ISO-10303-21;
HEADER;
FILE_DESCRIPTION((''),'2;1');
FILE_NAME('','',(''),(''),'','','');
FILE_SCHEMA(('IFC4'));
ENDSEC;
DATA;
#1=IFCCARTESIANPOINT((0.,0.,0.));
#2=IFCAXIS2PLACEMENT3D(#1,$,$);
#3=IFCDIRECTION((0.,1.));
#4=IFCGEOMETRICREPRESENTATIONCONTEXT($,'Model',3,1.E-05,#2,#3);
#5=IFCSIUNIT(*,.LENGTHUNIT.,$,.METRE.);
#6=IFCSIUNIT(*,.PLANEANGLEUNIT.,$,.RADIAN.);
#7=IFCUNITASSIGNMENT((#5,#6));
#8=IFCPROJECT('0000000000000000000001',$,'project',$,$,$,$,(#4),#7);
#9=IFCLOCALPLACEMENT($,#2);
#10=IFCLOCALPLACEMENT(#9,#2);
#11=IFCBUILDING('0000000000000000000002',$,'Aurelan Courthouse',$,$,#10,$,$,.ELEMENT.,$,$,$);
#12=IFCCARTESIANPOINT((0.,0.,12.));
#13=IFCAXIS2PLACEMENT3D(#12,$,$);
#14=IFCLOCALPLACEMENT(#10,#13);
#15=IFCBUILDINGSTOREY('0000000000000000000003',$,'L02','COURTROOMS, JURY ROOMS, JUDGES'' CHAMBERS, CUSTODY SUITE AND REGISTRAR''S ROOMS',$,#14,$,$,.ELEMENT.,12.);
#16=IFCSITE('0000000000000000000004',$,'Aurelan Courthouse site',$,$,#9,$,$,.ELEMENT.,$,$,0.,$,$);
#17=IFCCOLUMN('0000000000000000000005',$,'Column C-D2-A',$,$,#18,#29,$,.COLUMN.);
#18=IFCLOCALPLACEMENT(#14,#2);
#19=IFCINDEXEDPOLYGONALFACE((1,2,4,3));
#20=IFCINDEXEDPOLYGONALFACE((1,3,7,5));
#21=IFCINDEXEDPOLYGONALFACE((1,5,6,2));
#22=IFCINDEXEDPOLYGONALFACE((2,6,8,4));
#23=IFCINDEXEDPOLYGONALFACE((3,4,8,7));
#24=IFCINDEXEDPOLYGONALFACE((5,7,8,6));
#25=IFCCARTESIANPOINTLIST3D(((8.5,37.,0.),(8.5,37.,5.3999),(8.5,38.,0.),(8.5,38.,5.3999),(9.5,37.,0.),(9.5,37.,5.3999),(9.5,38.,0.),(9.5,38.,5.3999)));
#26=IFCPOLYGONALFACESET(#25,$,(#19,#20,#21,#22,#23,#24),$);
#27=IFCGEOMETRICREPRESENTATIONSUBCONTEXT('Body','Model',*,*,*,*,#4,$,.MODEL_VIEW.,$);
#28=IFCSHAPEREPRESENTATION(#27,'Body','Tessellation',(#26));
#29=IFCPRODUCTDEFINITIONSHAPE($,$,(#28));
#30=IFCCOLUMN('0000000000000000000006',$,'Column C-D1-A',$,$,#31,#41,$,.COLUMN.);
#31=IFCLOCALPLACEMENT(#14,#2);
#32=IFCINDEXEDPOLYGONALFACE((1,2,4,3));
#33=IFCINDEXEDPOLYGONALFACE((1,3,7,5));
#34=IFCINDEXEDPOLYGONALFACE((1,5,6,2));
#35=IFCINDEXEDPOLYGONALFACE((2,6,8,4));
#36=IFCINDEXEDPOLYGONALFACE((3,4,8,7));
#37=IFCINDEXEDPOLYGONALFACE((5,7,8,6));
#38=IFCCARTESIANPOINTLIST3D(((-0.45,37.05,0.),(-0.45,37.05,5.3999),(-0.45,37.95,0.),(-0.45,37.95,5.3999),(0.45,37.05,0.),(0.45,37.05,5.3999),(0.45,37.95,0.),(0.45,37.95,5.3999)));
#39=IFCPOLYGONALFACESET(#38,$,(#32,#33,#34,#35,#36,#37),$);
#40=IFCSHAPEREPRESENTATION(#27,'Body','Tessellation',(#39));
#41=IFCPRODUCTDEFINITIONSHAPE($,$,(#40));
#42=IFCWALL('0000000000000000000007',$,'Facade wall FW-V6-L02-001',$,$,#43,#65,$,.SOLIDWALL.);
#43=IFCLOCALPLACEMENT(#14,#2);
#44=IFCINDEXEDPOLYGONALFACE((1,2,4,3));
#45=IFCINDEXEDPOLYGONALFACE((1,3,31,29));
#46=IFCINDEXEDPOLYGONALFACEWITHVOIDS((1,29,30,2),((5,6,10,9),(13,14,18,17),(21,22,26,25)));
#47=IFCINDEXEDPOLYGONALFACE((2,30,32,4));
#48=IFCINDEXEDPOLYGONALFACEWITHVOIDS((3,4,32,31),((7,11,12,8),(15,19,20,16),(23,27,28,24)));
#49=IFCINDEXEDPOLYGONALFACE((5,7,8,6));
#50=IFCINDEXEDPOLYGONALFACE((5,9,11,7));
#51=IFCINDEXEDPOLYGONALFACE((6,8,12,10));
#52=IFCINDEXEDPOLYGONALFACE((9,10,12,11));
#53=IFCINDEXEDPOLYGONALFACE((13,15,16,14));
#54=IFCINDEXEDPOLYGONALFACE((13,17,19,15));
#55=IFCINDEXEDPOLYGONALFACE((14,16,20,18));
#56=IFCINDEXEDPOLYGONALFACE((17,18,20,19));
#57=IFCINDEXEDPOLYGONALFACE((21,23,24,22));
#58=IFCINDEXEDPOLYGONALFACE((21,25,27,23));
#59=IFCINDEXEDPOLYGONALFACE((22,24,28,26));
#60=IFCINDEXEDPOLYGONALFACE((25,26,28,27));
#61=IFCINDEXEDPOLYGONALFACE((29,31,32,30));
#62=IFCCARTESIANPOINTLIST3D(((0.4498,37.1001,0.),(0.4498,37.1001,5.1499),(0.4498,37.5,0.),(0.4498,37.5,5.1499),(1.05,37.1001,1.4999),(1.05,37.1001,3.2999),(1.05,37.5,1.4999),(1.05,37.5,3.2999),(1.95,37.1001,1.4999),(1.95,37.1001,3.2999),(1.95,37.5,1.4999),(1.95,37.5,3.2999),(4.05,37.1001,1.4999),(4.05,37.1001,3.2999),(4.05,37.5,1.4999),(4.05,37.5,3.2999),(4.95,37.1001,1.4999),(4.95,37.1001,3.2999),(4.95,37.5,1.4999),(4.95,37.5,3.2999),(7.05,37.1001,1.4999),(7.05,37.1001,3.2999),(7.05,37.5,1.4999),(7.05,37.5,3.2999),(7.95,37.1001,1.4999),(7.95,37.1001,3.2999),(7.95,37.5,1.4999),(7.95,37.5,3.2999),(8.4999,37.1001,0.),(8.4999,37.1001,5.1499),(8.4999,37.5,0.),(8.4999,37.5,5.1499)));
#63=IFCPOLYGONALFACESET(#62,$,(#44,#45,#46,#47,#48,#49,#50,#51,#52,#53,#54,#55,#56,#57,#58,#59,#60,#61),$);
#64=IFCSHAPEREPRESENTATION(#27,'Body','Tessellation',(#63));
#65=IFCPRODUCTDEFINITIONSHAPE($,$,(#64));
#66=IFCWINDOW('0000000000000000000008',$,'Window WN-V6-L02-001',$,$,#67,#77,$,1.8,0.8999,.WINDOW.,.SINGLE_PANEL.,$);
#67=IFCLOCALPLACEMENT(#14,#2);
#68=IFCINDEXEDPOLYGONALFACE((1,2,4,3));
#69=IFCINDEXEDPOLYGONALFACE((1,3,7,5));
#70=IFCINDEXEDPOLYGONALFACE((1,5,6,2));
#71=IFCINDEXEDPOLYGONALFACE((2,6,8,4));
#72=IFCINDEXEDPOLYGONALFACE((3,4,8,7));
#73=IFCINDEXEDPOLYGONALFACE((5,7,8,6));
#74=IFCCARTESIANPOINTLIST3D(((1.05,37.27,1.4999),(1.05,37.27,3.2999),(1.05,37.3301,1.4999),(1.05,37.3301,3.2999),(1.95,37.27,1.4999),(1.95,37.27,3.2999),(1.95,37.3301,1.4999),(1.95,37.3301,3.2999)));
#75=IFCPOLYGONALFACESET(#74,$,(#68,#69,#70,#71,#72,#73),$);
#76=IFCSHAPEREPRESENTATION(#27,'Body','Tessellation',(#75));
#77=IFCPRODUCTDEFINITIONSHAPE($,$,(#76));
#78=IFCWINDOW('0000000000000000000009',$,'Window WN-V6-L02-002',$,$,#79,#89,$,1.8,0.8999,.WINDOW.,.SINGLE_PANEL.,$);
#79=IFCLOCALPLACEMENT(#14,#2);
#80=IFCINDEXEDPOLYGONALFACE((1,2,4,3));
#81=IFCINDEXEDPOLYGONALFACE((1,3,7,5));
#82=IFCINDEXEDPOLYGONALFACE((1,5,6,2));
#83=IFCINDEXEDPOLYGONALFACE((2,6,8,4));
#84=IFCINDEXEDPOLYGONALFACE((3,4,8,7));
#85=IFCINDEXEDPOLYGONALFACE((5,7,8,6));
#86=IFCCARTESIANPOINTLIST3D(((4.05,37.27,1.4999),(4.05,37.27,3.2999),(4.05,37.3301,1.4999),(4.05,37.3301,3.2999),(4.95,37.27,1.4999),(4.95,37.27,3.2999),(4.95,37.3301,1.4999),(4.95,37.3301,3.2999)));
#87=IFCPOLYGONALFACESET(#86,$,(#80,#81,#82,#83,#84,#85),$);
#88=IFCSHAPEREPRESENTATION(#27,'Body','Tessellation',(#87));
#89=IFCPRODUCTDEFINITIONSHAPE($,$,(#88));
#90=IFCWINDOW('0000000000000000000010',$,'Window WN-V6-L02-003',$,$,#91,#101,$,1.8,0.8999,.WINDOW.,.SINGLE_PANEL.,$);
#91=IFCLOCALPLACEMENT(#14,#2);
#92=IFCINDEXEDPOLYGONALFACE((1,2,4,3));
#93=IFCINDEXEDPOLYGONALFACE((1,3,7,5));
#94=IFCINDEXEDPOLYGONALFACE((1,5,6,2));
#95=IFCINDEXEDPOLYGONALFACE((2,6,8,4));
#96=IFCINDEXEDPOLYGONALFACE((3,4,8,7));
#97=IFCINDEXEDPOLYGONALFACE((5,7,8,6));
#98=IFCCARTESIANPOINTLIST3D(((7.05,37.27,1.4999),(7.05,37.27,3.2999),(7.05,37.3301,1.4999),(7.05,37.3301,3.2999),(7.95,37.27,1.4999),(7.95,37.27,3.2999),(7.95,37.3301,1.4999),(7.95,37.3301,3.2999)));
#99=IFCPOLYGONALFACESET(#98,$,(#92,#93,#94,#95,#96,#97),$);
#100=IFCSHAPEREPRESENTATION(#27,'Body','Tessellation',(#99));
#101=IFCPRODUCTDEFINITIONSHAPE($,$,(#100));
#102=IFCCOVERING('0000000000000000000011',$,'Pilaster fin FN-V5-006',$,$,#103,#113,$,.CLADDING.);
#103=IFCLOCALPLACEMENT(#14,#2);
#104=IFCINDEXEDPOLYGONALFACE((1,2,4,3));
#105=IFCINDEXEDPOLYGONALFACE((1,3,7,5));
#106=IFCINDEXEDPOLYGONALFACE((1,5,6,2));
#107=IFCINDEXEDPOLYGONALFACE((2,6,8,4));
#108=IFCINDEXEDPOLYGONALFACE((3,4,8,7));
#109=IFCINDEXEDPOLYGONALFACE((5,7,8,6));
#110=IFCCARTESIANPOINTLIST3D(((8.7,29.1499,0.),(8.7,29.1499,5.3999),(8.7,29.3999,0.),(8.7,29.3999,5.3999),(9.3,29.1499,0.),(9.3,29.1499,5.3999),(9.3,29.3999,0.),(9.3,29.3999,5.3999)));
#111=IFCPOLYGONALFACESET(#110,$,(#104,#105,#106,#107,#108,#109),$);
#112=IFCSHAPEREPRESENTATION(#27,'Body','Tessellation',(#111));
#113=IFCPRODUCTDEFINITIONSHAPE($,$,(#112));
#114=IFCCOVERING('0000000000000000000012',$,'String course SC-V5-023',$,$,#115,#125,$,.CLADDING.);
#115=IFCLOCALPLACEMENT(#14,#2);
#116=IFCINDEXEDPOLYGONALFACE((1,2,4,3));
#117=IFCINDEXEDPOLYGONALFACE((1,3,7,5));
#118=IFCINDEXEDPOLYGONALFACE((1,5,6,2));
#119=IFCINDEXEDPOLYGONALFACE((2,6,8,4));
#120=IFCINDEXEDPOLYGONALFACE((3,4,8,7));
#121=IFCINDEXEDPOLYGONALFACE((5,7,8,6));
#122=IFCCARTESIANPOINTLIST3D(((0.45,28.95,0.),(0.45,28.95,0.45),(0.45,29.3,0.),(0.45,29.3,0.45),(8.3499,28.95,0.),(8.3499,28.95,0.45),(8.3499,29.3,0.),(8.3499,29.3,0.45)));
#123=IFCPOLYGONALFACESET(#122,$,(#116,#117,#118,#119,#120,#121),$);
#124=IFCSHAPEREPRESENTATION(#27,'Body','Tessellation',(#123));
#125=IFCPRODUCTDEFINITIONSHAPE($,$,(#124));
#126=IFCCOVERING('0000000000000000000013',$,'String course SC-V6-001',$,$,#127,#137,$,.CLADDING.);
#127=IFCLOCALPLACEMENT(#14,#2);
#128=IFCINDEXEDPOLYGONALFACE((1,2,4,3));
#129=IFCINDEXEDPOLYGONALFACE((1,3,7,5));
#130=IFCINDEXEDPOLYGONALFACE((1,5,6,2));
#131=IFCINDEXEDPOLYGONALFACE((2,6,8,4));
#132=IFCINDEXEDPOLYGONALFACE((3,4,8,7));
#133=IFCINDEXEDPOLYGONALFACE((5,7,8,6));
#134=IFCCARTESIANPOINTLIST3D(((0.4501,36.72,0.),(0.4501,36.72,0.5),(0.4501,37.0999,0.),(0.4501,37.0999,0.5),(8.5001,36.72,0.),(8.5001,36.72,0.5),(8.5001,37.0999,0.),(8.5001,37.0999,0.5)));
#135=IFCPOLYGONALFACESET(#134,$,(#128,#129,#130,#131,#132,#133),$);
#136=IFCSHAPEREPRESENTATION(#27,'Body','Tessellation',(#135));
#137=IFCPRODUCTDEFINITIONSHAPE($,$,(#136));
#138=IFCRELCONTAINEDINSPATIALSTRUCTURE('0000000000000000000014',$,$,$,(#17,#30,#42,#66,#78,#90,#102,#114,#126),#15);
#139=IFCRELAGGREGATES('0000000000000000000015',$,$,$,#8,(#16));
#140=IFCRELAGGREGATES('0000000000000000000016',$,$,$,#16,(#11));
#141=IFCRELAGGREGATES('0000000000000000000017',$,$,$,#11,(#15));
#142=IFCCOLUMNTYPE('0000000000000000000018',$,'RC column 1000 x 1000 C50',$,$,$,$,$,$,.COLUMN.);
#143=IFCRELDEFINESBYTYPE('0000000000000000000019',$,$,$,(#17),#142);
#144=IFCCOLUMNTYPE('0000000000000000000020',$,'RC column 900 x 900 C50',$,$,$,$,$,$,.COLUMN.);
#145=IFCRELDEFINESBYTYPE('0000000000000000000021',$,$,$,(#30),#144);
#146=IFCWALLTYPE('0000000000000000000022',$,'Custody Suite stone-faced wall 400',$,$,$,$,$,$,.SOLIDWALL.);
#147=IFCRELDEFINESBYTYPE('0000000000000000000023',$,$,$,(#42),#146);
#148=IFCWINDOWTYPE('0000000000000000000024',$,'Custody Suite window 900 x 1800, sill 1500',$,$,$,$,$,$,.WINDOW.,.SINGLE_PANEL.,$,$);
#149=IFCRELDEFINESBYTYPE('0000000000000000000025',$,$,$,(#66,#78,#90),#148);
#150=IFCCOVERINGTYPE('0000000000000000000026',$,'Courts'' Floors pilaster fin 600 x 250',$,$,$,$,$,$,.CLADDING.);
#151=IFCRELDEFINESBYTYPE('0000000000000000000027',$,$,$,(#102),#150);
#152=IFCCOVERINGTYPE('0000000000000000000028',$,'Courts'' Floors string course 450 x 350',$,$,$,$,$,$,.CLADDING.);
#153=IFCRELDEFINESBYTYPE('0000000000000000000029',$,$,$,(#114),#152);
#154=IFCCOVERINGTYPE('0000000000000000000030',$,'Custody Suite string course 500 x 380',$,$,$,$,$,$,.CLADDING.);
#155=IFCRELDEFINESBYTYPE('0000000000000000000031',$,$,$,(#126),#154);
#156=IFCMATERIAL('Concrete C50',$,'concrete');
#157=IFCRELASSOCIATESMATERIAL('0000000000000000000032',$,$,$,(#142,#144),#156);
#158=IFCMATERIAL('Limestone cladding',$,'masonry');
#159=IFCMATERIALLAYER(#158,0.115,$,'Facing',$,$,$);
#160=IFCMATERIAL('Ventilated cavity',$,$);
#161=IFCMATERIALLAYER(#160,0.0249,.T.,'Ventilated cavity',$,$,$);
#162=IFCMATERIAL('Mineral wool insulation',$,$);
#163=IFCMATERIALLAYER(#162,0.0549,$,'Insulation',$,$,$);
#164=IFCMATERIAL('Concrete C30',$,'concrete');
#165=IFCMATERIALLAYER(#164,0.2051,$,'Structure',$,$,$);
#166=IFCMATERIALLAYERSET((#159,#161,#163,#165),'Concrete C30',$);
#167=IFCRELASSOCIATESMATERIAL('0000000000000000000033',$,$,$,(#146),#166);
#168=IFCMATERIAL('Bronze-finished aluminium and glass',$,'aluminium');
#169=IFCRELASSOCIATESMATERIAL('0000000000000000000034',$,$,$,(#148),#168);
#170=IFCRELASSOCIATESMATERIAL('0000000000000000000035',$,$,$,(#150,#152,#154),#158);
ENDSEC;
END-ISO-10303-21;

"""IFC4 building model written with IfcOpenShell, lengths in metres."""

from ifc_helpers import new_model, si_unit, direction, frame, frame_2d, origin, origin_2d, place, context, subcontext, project, spatial, rectangle, extrude, material, layer, layer_set, material_profile, profile_set, type_object, element, fill, save


model = new_model("IFC4")

# Units and contexts
model_context = context("Model", 3, precision=1e-05, world=origin(), true_north=direction((0.0, 1.0)))
body_context = subcontext(model_context, "Body", "Model", "MODEL_VIEW")
ifc_project = project(units=[si_unit("LENGTHUNIT", "METRE"), si_unit("PLANEANGLEUNIT", "RADIAN")], contexts=[model_context])

# Site, building, storey
site_placement = place(None, origin())
site = spatial("IfcSite", under=ifc_project, at=site_placement, Name="Aurelan Courthouse site", CompositionType="ELEMENT", RefElevation=0.0)
building_placement = place(site_placement, origin())
building = spatial("IfcBuilding", under=site, at=building_placement, Name="Aurelan Courthouse", CompositionType="ELEMENT")
storey_placement = place(building_placement, frame((0.0, 0.0, 12.0)))
storey = spatial("IfcBuildingStorey", under=building, at=storey_placement, Name="L02", Description="COURTROOMS, JURY ROOMS, JUDGES' CHAMBERS, CUSTODY SUITE AND REGISTRAR'S ROOMS", CompositionType="ELEMENT", Elevation=12.0)

# Columns
ifc_material_1 = material(Name="Concrete C50", Category="concrete")
ifc_material_profile_1 = material_profile(ifc_material_1, rectangle(XDim=1.0, YDim=1.0, at=origin_2d()), Name="RC 1000 x 1000")
ifc_profile_set_1 = profile_set([ifc_material_profile_1], Name="Concrete C50")
column_type_1 = type_object("IfcColumnType", Name="RC column 1000 x 1000 C50", PredefinedType="COLUMN", material=ifc_profile_set_1)
column_1_placement = place(storey_placement, frame((9.0, 37.5, 0.0), z_axis=(0.0, 0.0, 1.0), x_axis=(1.0, 0.0, 0.0)))
element("IfcColumn", 1, at=column_1_placement, inside=storey, type_object=column_type_1, Name="Column C-D2-A", PredefinedType="COLUMN", context=body_context, shape_type="SweptSolid", body=[
    extrude(rectangle(XDim=1.0, YDim=1.0, at=origin_2d()), origin(), (0.0, 0.0, 1.0), 5.3999),
])
ifc_material_profile_2 = material_profile(ifc_material_1, rectangle(XDim=0.8999, YDim=0.8999, at=origin_2d()), Name="RC 900 x 900")
ifc_profile_set_2 = profile_set([ifc_material_profile_2], Name="Concrete C50")
column_type_2 = type_object("IfcColumnType", Name="RC column 900 x 900 C50", PredefinedType="COLUMN", material=ifc_profile_set_2)
column_2_placement = place(storey_placement, frame((0.0, 37.5, 0.0), z_axis=(0.0, 0.0, 1.0), x_axis=(1.0, 0.0, 0.0)))
element("IfcColumn", 2, at=column_2_placement, inside=storey, type_object=column_type_2, Name="Column C-D1-A", PredefinedType="COLUMN", context=body_context, shape_type="SweptSolid", body=[
    extrude(rectangle(XDim=0.8999, YDim=0.8999, at=origin_2d()), origin(), (0.0, 0.0, 1.0), 5.3999),
])

# Wall, openings, windows
ifc_material_2 = material(Name="Limestone cladding", Category="masonry")
ifc_layer_1 = layer(ifc_material_2, 0.115, Name="Facing")
ifc_material_3 = material(Name="Ventilated cavity")
ifc_layer_2 = layer(ifc_material_3, 0.0249, ventilated=True, Name="Ventilated cavity")
ifc_material_4 = material(Name="Mineral wool insulation")
ifc_layer_3 = layer(ifc_material_4, 0.0549, Name="Insulation")
ifc_material_5 = material(Name="Concrete C30", Category="concrete")
ifc_layer_4 = layer(ifc_material_5, 0.2051, Name="Structure")
ifc_layer_set_1 = layer_set([ifc_layer_1, ifc_layer_2, ifc_layer_3, ifc_layer_4], Name="Concrete C30")
wall_type = type_object("IfcWallType", Name="Custody Suite stone-faced wall 400", PredefinedType="SOLIDWALL", material=ifc_layer_set_1)
wall_placement = place(storey_placement, frame((0.45, 37.3, 0.0), z_axis=(0.0, 0.0, 1.0), x_axis=(1.0, 0.0, 0.0)))
wall = element("IfcWall", 3, at=wall_placement, inside=storey, type_object=wall_type, Name="Facade wall FW-V6-L02-001", PredefinedType="SOLIDWALL", context=body_context, shape_type="SweptSolid", body=[
    extrude(rectangle(XDim=8.05, YDim=0.3999, at=frame_2d((4.0249, 0.0))), origin(), (0.0, 0.0, 1.0), 5.1499),
])
opening_1_placement = place(wall_placement, frame((0.6001, 0.0, 1.5)))
opening_1 = element("IfcOpeningElement", 4, at=opening_1_placement, cuts=wall, PredefinedType="OPENING", context=body_context, shape_type="SweptSolid", body=[
    extrude(rectangle(XDim=0.8999, YDim=1.8, at=frame_2d((0.45, 0.8999))), frame((0.0, 0.21, 0.0), z_axis=(0.0, -1.0, 0.0), x_axis=(1.0, 0.0, 0.0)), (0.0, 0.0, 1.0), 0.4199),
])
opening_2_placement = place(wall_placement, frame((3.6001, 0.0, 1.5)))
opening_2 = element("IfcOpeningElement", 5, at=opening_2_placement, cuts=wall, PredefinedType="OPENING", context=body_context, shape_type="SweptSolid", body=[
    extrude(rectangle(XDim=0.8999, YDim=1.8, at=frame_2d((0.45, 0.8999))), frame((0.0, 0.21, 0.0), z_axis=(0.0, -1.0, 0.0), x_axis=(1.0, 0.0, 0.0)), (0.0, 0.0, 1.0), 0.4199),
])
opening_3_placement = place(wall_placement, frame((6.6001, 0.0, 1.5)))
opening_3 = element("IfcOpeningElement", 6, at=opening_3_placement, cuts=wall, PredefinedType="OPENING", context=body_context, shape_type="SweptSolid", body=[
    extrude(rectangle(XDim=0.8999, YDim=1.8, at=frame_2d((0.45, 0.8999))), frame((0.0, 0.21, 0.0), z_axis=(0.0, -1.0, 0.0), x_axis=(1.0, 0.0, 0.0)), (0.0, 0.0, 1.0), 0.4199),
])
ifc_material_6 = material(Name="Bronze-finished aluminium and glass", Category="aluminium")
window_type = type_object("IfcWindowType", Name="Custody Suite window 900 x 1800, sill 1500", PartitioningType="SINGLE_PANEL", PredefinedType="WINDOW", material=ifc_material_6)
window_1_placement = place(opening_1_placement, origin())
window_1 = element("IfcWindow", 7, at=window_1_placement, inside=storey, type_object=window_type, Name="Window WN-V6-L02-001", OverallHeight=1.8, OverallWidth=0.8999, PartitioningType="SINGLE_PANEL", PredefinedType="WINDOW", context=body_context, shape_type="SweptSolid", body=[
    extrude(rectangle(XDim=0.8999, YDim=1.8, at=frame_2d((0.45, 0.8999))), frame((0.0, 0.03, 0.0), z_axis=(0.0, -1.0, 0.0), x_axis=(1.0, 0.0, 0.0)), (0.0, 0.0, 1.0), 0.0601),
])
fill(opening_1, window_1)
window_2_placement = place(opening_2_placement, origin())
window_2 = element("IfcWindow", 8, at=window_2_placement, inside=storey, type_object=window_type, Name="Window WN-V6-L02-002", OverallHeight=1.8, OverallWidth=0.8999, PartitioningType="SINGLE_PANEL", PredefinedType="WINDOW", context=body_context, shape_type="SweptSolid", body=[
    extrude(rectangle(XDim=0.8999, YDim=1.8, at=frame_2d((0.45, 0.8999))), frame((0.0, 0.03, 0.0), z_axis=(0.0, -1.0, 0.0), x_axis=(1.0, 0.0, 0.0)), (0.0, 0.0, 1.0), 0.0601),
])
fill(opening_2, window_2)
window_3_placement = place(opening_3_placement, origin())
window_3 = element("IfcWindow", 9, at=window_3_placement, inside=storey, type_object=window_type, Name="Window WN-V6-L02-003", OverallHeight=1.8, OverallWidth=0.8999, PartitioningType="SINGLE_PANEL", PredefinedType="WINDOW", context=body_context, shape_type="SweptSolid", body=[
    extrude(rectangle(XDim=0.8999, YDim=1.8, at=frame_2d((0.45, 0.8999))), frame((0.0, 0.03, 0.0), z_axis=(0.0, -1.0, 0.0), x_axis=(1.0, 0.0, 0.0)), (0.0, 0.0, 1.0), 0.0601),
])
fill(opening_3, window_3)

# Coverings
covering_type_1 = type_object("IfcCoveringType", Name="Courts' Floors pilaster fin 600 x 250", PredefinedType="CLADDING", material=ifc_material_2)
covering_1_placement = place(storey_placement, frame((9.0, 29.2749, 0.0), z_axis=(0.0, 0.0, 1.0), x_axis=(1.0, 0.0, 0.0)))
element("IfcCovering", 10, at=covering_1_placement, inside=storey, type_object=covering_type_1, Name="Pilaster fin FN-V5-006", PredefinedType="CLADDING", context=body_context, shape_type="SweptSolid", body=[
    extrude(rectangle(XDim=0.6001, YDim=0.25, at=origin_2d()), origin(), (0.0, 0.0, 1.0), 5.3999),
])
covering_type_2 = type_object("IfcCoveringType", Name="Courts' Floors string course 450 x 350", PredefinedType="CLADDING", material=ifc_material_2)
covering_2_placement = place(storey_placement, frame((4.3999, 29.125, 0.0), z_axis=(0.0, 0.0, 1.0), x_axis=(1.0, 0.0, 0.0)))
element("IfcCovering", 11, at=covering_2_placement, inside=storey, type_object=covering_type_2, Name="String course SC-V5-023", PredefinedType="CLADDING", context=body_context, shape_type="SweptSolid", body=[
    extrude(rectangle(XDim=7.8999, YDim=0.3501, at=origin_2d()), origin(), (0.0, 0.0, 1.0), 0.45),
])
covering_type_3 = type_object("IfcCoveringType", Name="Custody Suite string course 500 x 380", PredefinedType="CLADDING", material=ifc_material_2)
covering_3_placement = place(storey_placement, frame((4.4751, 36.9099, 0.0), z_axis=(0.0, 0.0, 1.0), x_axis=(1.0, 0.0, 0.0)))
element("IfcCovering", 12, at=covering_3_placement, inside=storey, type_object=covering_type_3, Name="String course SC-V6-001", PredefinedType="CLADDING", context=body_context, shape_type="SweptSolid", body=[
    extrude(rectangle(XDim=8.05, YDim=0.3799, at=origin_2d()), origin(), (0.0, 0.0, 1.0), 0.5),
])

save(model, "model.ifc")
